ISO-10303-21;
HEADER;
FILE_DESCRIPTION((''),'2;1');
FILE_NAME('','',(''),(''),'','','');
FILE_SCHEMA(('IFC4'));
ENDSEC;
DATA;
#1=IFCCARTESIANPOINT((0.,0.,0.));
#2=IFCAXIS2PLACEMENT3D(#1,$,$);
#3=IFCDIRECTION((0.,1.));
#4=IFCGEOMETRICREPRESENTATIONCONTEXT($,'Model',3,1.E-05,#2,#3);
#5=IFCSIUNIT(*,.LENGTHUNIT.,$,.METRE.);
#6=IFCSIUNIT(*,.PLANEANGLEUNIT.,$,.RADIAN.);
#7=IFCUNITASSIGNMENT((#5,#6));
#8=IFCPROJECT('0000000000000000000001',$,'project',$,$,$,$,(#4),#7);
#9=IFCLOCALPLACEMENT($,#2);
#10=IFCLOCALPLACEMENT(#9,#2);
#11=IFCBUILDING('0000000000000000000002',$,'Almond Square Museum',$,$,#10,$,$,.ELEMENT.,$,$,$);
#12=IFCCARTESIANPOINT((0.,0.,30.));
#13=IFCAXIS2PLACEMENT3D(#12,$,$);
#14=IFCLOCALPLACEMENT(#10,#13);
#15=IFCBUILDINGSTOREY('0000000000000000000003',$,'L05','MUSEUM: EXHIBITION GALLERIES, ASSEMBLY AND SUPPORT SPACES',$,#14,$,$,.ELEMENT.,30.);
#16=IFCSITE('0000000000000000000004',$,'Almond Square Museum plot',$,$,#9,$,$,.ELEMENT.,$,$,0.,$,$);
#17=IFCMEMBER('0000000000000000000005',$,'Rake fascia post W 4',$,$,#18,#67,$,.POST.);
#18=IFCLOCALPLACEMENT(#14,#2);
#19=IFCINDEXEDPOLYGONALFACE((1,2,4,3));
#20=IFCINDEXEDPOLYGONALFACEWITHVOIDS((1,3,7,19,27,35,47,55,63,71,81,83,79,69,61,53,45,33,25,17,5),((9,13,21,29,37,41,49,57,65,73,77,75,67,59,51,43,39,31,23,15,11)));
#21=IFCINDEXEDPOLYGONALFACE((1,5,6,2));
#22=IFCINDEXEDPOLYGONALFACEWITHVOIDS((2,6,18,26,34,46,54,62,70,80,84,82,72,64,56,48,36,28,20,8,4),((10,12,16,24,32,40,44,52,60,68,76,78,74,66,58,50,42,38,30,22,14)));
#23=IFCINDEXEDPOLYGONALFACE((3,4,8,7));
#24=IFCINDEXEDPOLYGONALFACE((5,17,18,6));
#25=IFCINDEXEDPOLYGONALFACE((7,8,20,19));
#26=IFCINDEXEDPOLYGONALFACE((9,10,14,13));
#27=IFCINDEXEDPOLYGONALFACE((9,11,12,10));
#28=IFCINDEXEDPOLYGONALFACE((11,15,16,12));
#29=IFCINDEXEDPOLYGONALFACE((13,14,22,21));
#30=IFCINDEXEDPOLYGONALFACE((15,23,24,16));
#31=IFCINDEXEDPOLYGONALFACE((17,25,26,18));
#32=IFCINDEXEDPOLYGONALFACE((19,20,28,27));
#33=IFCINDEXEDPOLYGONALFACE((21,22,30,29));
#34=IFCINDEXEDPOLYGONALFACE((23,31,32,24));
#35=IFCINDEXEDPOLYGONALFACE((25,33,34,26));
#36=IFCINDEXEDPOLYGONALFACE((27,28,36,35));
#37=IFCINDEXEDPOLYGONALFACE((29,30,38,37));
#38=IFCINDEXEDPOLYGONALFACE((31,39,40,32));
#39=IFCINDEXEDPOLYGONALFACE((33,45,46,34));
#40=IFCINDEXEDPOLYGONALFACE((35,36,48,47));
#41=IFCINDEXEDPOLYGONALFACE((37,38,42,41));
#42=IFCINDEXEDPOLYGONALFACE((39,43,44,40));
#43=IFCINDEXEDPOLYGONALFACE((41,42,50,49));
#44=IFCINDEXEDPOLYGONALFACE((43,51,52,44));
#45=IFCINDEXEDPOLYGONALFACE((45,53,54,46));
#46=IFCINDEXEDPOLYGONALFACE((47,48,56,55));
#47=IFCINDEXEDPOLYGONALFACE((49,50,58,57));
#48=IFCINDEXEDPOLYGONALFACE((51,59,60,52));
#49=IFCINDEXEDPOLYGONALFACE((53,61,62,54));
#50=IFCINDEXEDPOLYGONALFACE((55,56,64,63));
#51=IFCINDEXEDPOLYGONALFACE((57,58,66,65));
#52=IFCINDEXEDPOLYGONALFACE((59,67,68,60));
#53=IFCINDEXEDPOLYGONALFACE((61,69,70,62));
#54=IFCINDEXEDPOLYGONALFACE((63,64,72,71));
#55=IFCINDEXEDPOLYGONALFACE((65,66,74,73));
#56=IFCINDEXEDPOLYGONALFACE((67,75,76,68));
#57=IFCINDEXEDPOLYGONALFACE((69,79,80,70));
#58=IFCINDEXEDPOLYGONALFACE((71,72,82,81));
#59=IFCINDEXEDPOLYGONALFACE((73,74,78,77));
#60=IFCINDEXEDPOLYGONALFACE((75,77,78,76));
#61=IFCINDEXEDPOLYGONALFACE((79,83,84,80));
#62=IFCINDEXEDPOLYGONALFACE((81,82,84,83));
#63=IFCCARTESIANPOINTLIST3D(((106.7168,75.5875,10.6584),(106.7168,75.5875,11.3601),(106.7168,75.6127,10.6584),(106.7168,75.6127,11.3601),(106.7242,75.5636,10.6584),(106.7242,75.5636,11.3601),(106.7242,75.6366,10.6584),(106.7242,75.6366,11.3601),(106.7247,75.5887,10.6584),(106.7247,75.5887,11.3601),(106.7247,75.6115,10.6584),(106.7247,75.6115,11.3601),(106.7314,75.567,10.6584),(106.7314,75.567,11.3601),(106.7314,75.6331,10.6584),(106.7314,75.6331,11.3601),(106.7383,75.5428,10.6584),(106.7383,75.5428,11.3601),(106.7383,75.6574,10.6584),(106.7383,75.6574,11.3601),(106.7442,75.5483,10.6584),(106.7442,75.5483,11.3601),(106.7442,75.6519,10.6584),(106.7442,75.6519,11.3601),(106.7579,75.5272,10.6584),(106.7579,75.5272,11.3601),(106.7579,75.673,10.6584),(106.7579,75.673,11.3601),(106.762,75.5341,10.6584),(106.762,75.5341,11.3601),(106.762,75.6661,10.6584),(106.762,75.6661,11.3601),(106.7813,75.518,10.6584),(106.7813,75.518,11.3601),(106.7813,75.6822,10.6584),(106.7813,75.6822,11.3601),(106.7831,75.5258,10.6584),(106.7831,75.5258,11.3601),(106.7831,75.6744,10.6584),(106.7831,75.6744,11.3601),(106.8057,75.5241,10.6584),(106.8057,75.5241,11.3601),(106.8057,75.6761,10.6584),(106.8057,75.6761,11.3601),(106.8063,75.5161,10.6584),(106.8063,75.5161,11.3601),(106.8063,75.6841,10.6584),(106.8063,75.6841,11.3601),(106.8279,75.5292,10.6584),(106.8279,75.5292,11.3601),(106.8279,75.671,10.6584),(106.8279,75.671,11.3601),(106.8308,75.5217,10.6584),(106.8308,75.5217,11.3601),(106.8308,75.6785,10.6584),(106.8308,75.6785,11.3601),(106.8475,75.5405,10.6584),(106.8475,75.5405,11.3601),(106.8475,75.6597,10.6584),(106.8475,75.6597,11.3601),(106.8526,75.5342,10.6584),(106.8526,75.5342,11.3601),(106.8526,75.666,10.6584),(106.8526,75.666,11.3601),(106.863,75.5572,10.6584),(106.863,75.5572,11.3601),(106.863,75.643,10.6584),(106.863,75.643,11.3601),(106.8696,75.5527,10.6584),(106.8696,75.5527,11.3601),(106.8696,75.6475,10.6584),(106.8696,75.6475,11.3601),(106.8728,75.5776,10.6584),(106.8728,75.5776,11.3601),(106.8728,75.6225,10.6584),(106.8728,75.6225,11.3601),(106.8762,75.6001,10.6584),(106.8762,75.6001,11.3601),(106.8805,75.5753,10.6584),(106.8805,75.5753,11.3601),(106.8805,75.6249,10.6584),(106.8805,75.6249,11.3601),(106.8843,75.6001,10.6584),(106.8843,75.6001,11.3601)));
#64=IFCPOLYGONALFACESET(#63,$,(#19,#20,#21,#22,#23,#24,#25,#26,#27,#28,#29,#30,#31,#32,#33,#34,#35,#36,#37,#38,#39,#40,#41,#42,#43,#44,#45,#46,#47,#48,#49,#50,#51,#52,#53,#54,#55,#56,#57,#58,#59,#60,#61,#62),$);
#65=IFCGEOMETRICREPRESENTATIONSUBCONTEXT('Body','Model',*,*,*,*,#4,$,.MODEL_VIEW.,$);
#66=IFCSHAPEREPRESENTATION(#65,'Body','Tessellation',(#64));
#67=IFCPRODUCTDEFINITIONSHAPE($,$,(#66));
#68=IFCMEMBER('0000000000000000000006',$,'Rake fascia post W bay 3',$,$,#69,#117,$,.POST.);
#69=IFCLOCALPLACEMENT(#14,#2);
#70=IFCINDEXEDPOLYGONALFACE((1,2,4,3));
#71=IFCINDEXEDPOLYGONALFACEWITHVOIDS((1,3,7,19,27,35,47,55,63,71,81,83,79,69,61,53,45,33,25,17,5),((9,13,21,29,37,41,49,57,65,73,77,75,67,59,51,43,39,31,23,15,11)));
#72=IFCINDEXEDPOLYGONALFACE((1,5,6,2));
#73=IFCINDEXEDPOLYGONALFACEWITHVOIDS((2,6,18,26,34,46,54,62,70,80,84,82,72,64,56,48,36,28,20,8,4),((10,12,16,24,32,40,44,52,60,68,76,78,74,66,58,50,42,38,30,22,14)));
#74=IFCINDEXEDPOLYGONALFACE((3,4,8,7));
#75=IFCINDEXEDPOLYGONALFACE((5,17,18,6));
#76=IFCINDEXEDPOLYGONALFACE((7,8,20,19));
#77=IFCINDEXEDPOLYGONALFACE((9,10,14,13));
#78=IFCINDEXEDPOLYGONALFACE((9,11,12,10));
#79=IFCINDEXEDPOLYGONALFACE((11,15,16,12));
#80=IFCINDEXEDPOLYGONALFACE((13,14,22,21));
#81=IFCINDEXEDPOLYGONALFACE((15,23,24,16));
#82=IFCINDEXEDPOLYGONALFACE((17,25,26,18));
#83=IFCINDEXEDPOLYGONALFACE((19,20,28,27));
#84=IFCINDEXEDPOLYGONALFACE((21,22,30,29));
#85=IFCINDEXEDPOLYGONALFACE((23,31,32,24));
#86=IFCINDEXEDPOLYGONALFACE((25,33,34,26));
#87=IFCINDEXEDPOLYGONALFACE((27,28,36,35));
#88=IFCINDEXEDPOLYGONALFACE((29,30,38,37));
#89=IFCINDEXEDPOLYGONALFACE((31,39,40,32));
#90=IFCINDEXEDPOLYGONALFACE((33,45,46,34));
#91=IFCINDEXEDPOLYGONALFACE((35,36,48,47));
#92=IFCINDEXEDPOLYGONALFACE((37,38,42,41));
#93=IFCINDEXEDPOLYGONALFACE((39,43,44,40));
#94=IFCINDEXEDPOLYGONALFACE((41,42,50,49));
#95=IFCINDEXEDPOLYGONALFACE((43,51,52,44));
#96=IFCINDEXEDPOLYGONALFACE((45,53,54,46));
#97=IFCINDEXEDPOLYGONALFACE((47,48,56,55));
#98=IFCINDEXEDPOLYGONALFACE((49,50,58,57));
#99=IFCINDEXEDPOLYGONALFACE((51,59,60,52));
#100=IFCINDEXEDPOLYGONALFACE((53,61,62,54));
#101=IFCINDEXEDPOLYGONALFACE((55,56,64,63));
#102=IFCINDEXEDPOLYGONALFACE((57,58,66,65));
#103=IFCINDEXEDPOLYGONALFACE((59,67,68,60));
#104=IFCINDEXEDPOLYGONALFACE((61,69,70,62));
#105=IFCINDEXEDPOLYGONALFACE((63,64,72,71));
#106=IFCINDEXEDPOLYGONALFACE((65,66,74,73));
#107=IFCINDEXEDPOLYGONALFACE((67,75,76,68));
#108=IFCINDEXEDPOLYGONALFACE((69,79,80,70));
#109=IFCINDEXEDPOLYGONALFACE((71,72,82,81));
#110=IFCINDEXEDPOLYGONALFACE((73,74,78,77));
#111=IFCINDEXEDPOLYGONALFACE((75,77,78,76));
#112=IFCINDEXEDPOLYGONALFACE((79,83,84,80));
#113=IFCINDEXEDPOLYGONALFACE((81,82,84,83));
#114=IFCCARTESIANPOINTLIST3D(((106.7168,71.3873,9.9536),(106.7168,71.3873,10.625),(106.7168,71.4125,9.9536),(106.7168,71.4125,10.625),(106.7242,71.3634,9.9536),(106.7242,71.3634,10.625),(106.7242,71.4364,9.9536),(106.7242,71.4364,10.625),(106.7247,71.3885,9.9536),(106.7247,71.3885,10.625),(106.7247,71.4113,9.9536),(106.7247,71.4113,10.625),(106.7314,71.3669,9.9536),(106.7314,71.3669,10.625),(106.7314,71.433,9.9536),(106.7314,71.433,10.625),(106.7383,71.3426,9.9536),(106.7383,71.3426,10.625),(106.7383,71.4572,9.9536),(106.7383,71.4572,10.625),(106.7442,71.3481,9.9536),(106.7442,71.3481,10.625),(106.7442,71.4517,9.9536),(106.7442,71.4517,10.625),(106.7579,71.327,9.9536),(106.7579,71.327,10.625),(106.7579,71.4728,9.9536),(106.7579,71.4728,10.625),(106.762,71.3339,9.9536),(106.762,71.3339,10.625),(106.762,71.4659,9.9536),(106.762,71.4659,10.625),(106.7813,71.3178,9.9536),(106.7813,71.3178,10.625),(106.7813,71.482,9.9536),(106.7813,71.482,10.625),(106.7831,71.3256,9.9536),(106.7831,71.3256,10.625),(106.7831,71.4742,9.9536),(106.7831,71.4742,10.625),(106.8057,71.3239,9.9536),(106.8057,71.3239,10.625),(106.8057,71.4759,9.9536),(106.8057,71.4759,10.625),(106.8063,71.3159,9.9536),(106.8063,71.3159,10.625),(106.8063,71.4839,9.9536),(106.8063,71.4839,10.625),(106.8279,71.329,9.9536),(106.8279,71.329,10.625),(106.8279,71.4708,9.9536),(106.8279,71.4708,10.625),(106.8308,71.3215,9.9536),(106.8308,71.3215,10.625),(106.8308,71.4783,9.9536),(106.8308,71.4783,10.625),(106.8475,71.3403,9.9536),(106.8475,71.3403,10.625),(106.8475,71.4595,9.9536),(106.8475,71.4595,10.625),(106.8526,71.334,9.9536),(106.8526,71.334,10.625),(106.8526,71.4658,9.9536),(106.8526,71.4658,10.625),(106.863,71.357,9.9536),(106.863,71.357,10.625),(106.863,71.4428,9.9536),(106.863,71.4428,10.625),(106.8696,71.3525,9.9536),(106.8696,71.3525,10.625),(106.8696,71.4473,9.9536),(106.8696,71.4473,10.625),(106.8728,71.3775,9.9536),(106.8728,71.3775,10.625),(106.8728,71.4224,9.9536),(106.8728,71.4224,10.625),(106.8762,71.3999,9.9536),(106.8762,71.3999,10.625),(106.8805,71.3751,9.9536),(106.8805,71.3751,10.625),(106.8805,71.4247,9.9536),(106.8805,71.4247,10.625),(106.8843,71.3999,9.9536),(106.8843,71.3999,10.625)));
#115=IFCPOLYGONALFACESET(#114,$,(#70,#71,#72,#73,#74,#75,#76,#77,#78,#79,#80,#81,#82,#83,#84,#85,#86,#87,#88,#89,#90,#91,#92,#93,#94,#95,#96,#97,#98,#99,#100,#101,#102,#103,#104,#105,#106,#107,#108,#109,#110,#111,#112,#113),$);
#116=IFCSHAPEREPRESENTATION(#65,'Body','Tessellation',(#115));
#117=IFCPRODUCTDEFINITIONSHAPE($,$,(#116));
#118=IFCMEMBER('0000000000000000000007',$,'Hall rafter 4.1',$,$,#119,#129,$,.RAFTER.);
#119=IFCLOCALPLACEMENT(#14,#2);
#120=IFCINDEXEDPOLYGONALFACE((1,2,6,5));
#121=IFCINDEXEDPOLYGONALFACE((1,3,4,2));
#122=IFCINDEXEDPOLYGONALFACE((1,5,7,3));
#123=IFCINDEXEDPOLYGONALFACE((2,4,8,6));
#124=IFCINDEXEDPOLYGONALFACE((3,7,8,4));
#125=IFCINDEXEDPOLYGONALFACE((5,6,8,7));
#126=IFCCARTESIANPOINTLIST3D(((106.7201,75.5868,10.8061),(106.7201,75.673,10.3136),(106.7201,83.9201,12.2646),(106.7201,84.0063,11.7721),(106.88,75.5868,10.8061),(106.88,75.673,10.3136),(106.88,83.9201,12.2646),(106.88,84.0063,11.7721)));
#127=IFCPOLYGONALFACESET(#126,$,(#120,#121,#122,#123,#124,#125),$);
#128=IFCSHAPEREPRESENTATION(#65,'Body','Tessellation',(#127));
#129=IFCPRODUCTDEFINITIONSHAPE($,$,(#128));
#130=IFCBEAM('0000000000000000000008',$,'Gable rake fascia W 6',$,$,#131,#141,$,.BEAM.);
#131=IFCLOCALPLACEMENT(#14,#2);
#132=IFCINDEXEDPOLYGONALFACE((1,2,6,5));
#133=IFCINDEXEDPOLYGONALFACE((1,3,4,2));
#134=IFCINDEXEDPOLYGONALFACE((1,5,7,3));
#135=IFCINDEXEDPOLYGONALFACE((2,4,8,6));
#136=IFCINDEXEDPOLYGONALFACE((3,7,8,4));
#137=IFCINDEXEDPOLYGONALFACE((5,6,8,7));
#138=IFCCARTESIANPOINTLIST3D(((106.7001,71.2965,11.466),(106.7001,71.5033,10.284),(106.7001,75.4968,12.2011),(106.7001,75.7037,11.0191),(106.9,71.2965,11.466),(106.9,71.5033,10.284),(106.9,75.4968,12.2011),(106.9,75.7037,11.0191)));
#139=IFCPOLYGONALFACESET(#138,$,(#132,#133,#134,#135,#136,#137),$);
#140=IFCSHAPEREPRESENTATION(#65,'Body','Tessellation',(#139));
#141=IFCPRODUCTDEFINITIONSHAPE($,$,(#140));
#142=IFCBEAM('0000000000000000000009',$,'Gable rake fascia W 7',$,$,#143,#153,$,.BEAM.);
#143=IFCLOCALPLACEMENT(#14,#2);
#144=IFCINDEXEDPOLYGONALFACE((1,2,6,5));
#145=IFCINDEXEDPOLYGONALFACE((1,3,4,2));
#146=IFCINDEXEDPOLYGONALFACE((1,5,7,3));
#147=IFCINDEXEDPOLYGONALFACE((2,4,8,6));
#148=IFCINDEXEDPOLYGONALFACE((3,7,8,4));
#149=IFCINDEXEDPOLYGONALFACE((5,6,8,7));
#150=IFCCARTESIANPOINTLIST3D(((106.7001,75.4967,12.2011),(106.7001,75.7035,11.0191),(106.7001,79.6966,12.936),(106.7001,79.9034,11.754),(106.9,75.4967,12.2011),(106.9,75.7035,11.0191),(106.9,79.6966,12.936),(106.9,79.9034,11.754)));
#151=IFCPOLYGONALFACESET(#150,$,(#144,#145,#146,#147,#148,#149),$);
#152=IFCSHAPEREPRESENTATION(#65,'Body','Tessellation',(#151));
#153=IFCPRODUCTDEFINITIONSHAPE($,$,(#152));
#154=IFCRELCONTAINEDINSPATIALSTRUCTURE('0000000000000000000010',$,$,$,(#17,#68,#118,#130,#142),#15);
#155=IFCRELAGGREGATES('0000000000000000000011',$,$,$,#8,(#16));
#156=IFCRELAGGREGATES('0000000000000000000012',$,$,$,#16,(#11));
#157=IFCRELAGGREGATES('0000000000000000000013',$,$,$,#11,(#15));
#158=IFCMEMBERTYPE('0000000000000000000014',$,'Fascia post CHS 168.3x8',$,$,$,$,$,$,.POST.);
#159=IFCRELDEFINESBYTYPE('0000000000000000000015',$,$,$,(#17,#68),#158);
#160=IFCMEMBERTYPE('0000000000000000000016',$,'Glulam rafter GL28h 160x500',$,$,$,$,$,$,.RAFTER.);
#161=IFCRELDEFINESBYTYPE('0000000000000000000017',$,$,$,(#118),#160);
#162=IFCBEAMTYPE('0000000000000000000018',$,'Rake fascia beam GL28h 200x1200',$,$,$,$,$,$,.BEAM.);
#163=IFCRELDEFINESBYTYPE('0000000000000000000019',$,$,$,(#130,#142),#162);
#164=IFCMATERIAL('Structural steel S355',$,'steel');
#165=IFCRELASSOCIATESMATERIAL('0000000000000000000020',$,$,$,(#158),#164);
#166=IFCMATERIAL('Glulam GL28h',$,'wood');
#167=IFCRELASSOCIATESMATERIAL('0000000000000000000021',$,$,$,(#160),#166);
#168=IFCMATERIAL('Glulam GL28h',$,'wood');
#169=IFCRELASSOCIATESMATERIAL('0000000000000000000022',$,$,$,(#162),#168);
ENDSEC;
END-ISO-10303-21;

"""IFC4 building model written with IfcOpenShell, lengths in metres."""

from ifc_helpers import new_model, si_unit, direction, frame, origin, origin_2d, place, context, subcontext, project, spatial, rectangle, hollow_circle, extrude, material, material_profile, profile_set, type_object, element, save


model = new_model("IFC4")

# Units and contexts
model_context = context("Model", 3, precision=1e-05, world=origin(), true_north=direction((0.0, 1.0)))
body_context = subcontext(model_context, "Body", "Model", "MODEL_VIEW")
ifc_project = project(units=[si_unit("LENGTHUNIT", "METRE"), si_unit("PLANEANGLEUNIT", "RADIAN")], contexts=[model_context])

# Site, building, storey
site_placement = place(None, origin())
site = spatial("IfcSite", under=ifc_project, at=site_placement, Name="Almond Square Museum plot", CompositionType="ELEMENT", RefElevation=0.0)
building_placement = place(site_placement, origin())
building = spatial("IfcBuilding", under=site, at=building_placement, Name="Almond Square Museum", CompositionType="ELEMENT")
storey_placement = place(building_placement, frame((0.0, 0.0, 30.0)))
storey = spatial("IfcBuildingStorey", under=building, at=storey_placement, Name="L05", Description="MUSEUM: EXHIBITION GALLERIES, ASSEMBLY AND SUPPORT SPACES", CompositionType="ELEMENT", Elevation=30.0)

# Members
ifc_material_1 = material(Name="Structural steel S355", Category="steel")
ifc_material_profile_1 = material_profile(ifc_material_1, hollow_circle(Radius=0.0842, WallThickness=0.0081, at=origin_2d()))
ifc_profile_set_1 = profile_set([ifc_material_profile_1], Name="Structural steel S355")
member_type_1 = type_object("IfcMemberType", Name="Fascia post CHS 168.3x8", PredefinedType="POST", material=ifc_profile_set_1)
member_1_placement = place(storey_placement, frame((106.8, 75.6001, 10.6584), z_axis=(0.0, 0.0, 1.0), x_axis=(1.0, 0.0, 0.0)))
element("IfcMember", 1, at=member_1_placement, inside=storey, type_object=member_type_1, Name="Rake fascia post W 4", PredefinedType="POST", context=body_context, shape_type="SweptSolid", body=[
    extrude(hollow_circle(Radius=0.0842, WallThickness=0.0081, at=origin_2d()), origin(), (0.0, 0.0, 1.0), 0.7017),
])
member_2_placement = place(storey_placement, frame((106.8, 71.3999, 9.9536), z_axis=(0.0, 0.0, 1.0), x_axis=(1.0, 0.0, 0.0)))
element("IfcMember", 2, at=member_2_placement, inside=storey, type_object=member_type_1, Name="Rake fascia post W bay 3", PredefinedType="POST", context=body_context, shape_type="SweptSolid", body=[
    extrude(hollow_circle(Radius=0.0842, WallThickness=0.0081, at=origin_2d()), origin(), (0.0, 0.0, 1.0), 0.6714),
])
ifc_material_2 = material(Name="Glulam GL28h", Category="wood")
ifc_material_profile_2 = material_profile(ifc_material_2, rectangle(XDim=0.1599, YDim=0.5, at=origin_2d()))
ifc_profile_set_2 = profile_set([ifc_material_profile_2], Name="Glulam GL28h")
member_type_2 = type_object("IfcMemberType", Name="Glulam rafter GL28h 160x500", PredefinedType="RAFTER", material=ifc_profile_set_2)
member_3_placement = place(storey_placement, frame((106.8, 75.6299, 10.5598), z_axis=(0.0, 0.985027, 0.172401), x_axis=(-1.0, 0.0, 0.0)))
element("IfcMember", 3, at=member_3_placement, inside=storey, type_object=member_type_2, Name="Hall rafter 4.1", PredefinedType="RAFTER", context=body_context, shape_type="SweptSolid", body=[
    extrude(rectangle(XDim=0.1599, YDim=0.5, at=origin_2d()), origin(), (0.0, 0.0, 1.0), 8.46),
])

# Beams
ifc_material_3 = material(Name="Glulam GL28h", Category="wood")
ifc_material_profile_3 = material_profile(ifc_material_3, rectangle(XDim=0.2, YDim=1.2, at=origin_2d()))
ifc_profile_set_3 = profile_set([ifc_material_profile_3], Name="Glulam GL28h")
beam_type = type_object("IfcBeamType", Name="Rake fascia beam GL28h 200x1200", PredefinedType="BEAM", material=ifc_profile_set_3)
beam_1_placement = place(storey_placement, frame((106.8, 71.3999, 10.875), z_axis=(0.0, 0.985028, 0.172397), x_axis=(-1.0, 0.0, 0.0)))
element("IfcBeam", 4, at=beam_1_placement, inside=storey, type_object=beam_type, Name="Gable rake fascia W 6", PredefinedType="BEAM", context=body_context, shape_type="SweptSolid", body=[
    extrude(rectangle(XDim=0.2, YDim=1.2, at=origin_2d()), origin(), (0.0, 0.0, 1.0), 4.2642),
])
beam_2_placement = place(storey_placement, frame((106.8, 75.6001, 11.6101), z_axis=(0.0, 0.985036, 0.172351), x_axis=(-1.0, 0.0, 0.0)))
element("IfcBeam", 5, at=beam_2_placement, inside=storey, type_object=beam_type, Name="Gable rake fascia W 7", PredefinedType="BEAM", context=body_context, shape_type="SweptSolid", body=[
    extrude(rectangle(XDim=0.2, YDim=1.2, at=origin_2d()), origin(), (0.0, 0.0, 1.0), 4.2637),
])

save(model, "model.ifc")
